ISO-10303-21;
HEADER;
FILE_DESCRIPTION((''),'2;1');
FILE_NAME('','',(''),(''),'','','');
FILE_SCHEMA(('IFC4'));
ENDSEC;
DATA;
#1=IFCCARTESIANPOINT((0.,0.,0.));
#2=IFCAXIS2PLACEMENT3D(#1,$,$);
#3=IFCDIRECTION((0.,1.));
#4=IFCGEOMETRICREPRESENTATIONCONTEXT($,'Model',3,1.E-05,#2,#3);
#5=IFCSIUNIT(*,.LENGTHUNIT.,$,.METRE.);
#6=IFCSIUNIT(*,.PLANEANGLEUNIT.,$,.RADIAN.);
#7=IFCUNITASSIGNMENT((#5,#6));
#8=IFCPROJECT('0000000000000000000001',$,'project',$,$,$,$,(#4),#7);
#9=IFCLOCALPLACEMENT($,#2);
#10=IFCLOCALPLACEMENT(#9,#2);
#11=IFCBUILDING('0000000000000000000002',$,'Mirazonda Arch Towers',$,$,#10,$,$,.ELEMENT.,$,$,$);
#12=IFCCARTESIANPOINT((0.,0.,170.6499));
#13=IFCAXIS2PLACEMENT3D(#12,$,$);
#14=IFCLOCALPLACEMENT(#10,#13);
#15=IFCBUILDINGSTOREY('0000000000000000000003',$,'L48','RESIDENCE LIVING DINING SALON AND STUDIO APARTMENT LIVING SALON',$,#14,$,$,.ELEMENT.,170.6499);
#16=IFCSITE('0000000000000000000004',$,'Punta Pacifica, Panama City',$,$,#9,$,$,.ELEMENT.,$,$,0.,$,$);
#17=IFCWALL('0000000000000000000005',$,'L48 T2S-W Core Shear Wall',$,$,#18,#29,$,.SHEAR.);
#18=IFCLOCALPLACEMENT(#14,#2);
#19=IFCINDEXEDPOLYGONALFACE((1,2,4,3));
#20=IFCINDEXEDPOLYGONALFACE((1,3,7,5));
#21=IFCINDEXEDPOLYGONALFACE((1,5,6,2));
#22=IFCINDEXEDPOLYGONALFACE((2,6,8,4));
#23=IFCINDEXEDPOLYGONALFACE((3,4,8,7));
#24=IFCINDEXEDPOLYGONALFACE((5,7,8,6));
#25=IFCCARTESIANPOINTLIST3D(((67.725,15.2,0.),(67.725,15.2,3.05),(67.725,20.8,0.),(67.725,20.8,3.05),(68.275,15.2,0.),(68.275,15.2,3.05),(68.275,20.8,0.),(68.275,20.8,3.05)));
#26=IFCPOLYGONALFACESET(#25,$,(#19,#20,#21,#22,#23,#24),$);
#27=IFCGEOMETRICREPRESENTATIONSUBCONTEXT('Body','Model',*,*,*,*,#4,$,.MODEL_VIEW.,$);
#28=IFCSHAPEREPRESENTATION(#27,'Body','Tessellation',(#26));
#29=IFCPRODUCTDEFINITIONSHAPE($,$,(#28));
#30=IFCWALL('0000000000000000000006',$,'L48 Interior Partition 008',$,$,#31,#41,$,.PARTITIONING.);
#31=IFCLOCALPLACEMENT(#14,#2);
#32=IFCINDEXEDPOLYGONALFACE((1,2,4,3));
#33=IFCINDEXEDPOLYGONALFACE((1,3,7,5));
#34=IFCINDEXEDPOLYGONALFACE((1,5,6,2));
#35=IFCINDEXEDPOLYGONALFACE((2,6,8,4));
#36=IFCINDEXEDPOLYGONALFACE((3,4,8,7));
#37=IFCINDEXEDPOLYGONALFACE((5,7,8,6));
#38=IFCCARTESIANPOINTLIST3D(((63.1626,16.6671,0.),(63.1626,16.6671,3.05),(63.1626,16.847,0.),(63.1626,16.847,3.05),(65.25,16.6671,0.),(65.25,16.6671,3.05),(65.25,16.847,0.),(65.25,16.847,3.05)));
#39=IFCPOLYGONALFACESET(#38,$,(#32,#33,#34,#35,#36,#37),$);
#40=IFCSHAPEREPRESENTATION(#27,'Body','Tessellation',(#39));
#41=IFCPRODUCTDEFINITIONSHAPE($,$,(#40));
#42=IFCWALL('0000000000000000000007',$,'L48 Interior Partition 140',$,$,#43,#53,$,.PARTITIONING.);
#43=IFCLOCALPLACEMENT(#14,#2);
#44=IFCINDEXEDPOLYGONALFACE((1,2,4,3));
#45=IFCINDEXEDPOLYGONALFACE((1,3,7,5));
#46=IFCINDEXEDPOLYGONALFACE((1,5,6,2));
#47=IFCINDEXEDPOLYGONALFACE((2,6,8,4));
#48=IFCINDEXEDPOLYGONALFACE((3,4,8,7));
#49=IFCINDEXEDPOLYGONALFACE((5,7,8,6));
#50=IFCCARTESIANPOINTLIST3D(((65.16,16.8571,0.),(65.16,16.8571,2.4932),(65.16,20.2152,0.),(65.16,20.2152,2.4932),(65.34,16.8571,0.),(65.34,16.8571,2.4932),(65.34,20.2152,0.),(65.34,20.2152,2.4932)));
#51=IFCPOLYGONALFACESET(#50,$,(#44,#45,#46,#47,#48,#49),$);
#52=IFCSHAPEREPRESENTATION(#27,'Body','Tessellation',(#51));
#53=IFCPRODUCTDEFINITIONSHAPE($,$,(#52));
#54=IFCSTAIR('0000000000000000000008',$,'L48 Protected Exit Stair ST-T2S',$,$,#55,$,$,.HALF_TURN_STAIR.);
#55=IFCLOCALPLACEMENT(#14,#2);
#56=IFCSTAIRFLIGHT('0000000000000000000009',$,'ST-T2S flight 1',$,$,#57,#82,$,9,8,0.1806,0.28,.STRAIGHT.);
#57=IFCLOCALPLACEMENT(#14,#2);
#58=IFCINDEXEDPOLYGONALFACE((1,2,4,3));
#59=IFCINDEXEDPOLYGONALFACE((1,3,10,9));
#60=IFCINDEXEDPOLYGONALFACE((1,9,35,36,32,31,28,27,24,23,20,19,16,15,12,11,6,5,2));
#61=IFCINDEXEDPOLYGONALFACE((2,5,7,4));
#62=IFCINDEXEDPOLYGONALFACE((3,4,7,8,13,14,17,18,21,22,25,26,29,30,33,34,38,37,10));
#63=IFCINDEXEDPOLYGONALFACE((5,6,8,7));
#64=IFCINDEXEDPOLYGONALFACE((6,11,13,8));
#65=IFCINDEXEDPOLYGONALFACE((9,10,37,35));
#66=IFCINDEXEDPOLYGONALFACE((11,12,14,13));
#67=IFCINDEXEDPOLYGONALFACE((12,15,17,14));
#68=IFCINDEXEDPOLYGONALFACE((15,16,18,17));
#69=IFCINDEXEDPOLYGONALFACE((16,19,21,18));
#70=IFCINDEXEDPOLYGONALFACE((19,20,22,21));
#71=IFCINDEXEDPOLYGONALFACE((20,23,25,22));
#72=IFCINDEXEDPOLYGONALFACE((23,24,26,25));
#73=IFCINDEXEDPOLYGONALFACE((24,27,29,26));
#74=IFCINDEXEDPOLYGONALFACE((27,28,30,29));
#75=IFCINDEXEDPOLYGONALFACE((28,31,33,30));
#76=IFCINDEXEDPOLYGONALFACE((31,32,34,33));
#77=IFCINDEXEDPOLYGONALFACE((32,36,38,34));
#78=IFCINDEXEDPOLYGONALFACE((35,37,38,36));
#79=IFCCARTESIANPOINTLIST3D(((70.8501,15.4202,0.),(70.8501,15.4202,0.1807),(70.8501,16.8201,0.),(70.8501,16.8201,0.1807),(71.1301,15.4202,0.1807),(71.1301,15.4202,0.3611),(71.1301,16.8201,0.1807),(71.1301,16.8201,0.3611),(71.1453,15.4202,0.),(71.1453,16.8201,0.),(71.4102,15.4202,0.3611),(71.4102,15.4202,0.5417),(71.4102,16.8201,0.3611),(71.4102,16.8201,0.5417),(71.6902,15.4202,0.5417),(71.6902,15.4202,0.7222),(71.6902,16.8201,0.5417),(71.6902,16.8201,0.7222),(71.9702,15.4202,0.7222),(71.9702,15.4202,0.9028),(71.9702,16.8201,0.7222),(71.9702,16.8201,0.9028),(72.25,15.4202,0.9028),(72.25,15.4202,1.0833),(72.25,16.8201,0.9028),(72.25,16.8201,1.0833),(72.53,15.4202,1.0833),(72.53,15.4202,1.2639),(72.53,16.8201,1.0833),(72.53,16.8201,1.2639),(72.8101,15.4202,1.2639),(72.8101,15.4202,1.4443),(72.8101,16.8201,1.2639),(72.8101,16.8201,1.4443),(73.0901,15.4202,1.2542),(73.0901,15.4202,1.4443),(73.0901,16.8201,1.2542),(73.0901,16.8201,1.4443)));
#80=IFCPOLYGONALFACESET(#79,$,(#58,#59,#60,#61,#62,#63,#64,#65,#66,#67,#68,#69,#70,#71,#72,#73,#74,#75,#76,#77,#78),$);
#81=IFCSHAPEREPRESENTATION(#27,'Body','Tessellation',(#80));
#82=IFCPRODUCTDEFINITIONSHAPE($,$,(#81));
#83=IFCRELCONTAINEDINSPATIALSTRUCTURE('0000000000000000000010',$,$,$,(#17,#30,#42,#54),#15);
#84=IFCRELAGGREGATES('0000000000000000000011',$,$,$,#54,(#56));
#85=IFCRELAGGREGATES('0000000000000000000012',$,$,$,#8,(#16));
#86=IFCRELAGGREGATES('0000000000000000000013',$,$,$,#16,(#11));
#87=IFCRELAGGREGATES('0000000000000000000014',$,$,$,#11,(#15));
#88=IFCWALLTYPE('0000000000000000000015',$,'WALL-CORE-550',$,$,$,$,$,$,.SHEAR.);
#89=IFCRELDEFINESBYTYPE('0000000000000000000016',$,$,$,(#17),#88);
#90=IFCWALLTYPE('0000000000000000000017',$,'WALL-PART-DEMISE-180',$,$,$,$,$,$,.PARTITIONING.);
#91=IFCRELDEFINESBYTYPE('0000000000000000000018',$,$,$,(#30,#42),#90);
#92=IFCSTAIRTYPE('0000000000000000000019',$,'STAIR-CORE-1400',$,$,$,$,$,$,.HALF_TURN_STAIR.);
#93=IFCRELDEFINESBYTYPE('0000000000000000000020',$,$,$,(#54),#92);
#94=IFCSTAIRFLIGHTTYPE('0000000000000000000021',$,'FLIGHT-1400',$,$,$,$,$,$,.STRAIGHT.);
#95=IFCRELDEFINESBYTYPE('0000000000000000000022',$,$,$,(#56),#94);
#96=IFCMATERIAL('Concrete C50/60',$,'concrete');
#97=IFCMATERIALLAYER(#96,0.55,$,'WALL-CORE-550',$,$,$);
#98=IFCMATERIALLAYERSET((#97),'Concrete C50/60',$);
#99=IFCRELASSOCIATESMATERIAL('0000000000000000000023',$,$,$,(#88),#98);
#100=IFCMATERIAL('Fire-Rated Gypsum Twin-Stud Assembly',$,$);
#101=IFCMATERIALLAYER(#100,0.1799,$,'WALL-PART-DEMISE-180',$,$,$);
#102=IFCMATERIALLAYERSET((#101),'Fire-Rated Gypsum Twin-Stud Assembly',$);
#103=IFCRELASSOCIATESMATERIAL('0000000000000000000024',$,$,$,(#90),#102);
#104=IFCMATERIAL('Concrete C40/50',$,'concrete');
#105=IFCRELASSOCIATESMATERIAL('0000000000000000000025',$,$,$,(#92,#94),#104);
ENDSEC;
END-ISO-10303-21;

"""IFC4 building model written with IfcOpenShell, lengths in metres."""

from ifc_helpers import new_model, si_unit, direction, frame, frame_2d, origin, place, context, subcontext, project, spatial, polyline, rectangle, outline, extrude, material, layer, layer_set, type_object, element, aggregate, save


model = new_model("IFC4")

# Units and contexts
model_context = context("Model", 3, precision=1e-05, world=origin(), true_north=direction((0.0, 1.0)))
body_context = subcontext(model_context, "Body", "Model", "MODEL_VIEW")
ifc_project = project(units=[si_unit("LENGTHUNIT", "METRE"), si_unit("PLANEANGLEUNIT", "RADIAN")], contexts=[model_context])

# Site, building, storey
site_placement = place(None, origin())
site = spatial("IfcSite", under=ifc_project, at=site_placement, Name="Punta Pacifica, Panama City", CompositionType="ELEMENT", RefElevation=0.0)
building_placement = place(site_placement, origin())
building = spatial("IfcBuilding", under=site, at=building_placement, Name="Mirazonda Arch Towers", CompositionType="ELEMENT")
storey_placement = place(building_placement, frame((0.0, 0.0, 170.6499)))
storey = spatial("IfcBuildingStorey", under=building, at=storey_placement, Name="L48", Description="RESIDENCE LIVING DINING SALON AND STUDIO APARTMENT LIVING SALON", CompositionType="ELEMENT", Elevation=170.6499)

# Shared definitions
ifc_material_1 = material(Name="Concrete C50/60", Category="concrete")

# Walls
ifc_layer_1 = layer(ifc_material_1, 0.55, Name="WALL-CORE-550")
ifc_layer_set_1 = layer_set([ifc_layer_1], Name="Concrete C50/60")
wall_type_1 = type_object("IfcWallType", Name="WALL-CORE-550", PredefinedType="SHEAR", material=ifc_layer_set_1)
wall_1_placement = place(storey_placement, frame((68.0, 15.2, 0.0), z_axis=(0.0, 0.0, 1.0), x_axis=(0.0, 1.0, 0.0)))
element("IfcWall", 1, at=wall_1_placement, inside=storey, type_object=wall_type_1, Name="L48 T2S-W Core Shear Wall", PredefinedType="SHEAR", context=body_context, shape_type="SweptSolid", body=[
    extrude(rectangle(XDim=5.6001, YDim=0.55, at=frame_2d((2.8, 0.0))), origin(), (0.0, 0.0, 1.0), 3.05),
])
ifc_material_2 = material(Name="Fire-Rated Gypsum Twin-Stud Assembly")
ifc_layer_2 = layer(ifc_material_2, 0.1799, Name="WALL-PART-DEMISE-180")
ifc_layer_set_2 = layer_set([ifc_layer_2], Name="Fire-Rated Gypsum Twin-Stud Assembly")
wall_type_2 = type_object("IfcWallType", Name="WALL-PART-DEMISE-180", PredefinedType="PARTITIONING", material=ifc_layer_set_2)
wall_2_placement = place(storey_placement, frame((63.1626, 16.7571, 0.0), z_axis=(0.0, 0.0, 1.0), x_axis=(1.0, 0.0, 0.0)))
element("IfcWall", 2, at=wall_2_placement, inside=storey, type_object=wall_type_2, Name="L48 Interior Partition 008", PredefinedType="PARTITIONING", context=body_context, shape_type="SweptSolid", body=[
    extrude(rectangle(XDim=2.0874, YDim=0.1799, at=frame_2d((1.0437, 0.0))), origin(), (0.0, 0.0, 1.0), 3.05),
])
wall_3_placement = place(storey_placement, frame((65.25, 16.8569, 0.0), z_axis=(0.0, 0.0, 1.0), x_axis=(0.0, 1.0, 0.0)))
element("IfcWall", 3, at=wall_3_placement, inside=storey, type_object=wall_type_2, Name="L48 Interior Partition 140", PredefinedType="PARTITIONING", context=body_context, shape_type="SweptSolid", body=[
    extrude(rectangle(XDim=3.3582, YDim=0.1799, at=frame_2d((1.6792, 0.0))), origin(), (0.0, 0.0, 1.0), 2.4932),
])

# Stair, stair flight
ifc_material_3 = material(Name="Concrete C40/50", Category="concrete")
stair_type = type_object("IfcStairType", Name="STAIR-CORE-1400", PredefinedType="HALF_TURN_STAIR", material=ifc_material_3)
stair_placement = place(storey_placement, origin())
stair = element("IfcStair", 4, at=stair_placement, inside=storey, type_object=stair_type, Name="L48 Protected Exit Stair ST-T2S", PredefinedType="HALF_TURN_STAIR")
stair_flight_type = type_object("IfcStairFlightType", Name="FLIGHT-1400", PredefinedType="STRAIGHT", material=ifc_material_3)
stair_flight_placement = place(storey_placement, frame((70.8501, 16.1201, 0.0), z_axis=(0.0, 0.0, 1.0), x_axis=(1.0, 0.0, 0.0)))
stair_flight = element("IfcStairFlight", 5, at=stair_flight_placement, type_object=stair_flight_type, Name="ST-T2S flight 1", NumberOfRisers=9, NumberOfTreads=8, PredefinedType="STRAIGHT", RiserHeight=0.1806, TreadLength=0.28, context=body_context, shape_type="SweptSolid", body=[
    extrude(outline(polyline([(0.0, 0.0), (0.0, 0.1807), (0.28, 0.1807), (0.28, 0.3611), (0.5601, 0.3611), (0.5601, 0.5417), (0.8401, 0.5417), (0.8401, 0.7222), (1.1201, 0.7222), (1.1201, 0.9028), (1.3999, 0.9028), (1.3999, 1.0833), (1.6799, 1.0833), (1.6799, 1.2639), (1.96, 1.2639), (1.96, 1.4443), (2.24, 1.4443), (2.24, 1.625), (2.24, 1.2542), (0.2952, 0.0), (0.0, 0.0)])), frame((0.0, 0.7, 0.0), z_axis=(0.0, -1.0, 0.0), x_axis=(1.0, 0.0, 0.0)), (0.0, 0.0, 1.0), 1.3999),
])
aggregate(stair, [stair_flight])

save(model, "model.ifc")
